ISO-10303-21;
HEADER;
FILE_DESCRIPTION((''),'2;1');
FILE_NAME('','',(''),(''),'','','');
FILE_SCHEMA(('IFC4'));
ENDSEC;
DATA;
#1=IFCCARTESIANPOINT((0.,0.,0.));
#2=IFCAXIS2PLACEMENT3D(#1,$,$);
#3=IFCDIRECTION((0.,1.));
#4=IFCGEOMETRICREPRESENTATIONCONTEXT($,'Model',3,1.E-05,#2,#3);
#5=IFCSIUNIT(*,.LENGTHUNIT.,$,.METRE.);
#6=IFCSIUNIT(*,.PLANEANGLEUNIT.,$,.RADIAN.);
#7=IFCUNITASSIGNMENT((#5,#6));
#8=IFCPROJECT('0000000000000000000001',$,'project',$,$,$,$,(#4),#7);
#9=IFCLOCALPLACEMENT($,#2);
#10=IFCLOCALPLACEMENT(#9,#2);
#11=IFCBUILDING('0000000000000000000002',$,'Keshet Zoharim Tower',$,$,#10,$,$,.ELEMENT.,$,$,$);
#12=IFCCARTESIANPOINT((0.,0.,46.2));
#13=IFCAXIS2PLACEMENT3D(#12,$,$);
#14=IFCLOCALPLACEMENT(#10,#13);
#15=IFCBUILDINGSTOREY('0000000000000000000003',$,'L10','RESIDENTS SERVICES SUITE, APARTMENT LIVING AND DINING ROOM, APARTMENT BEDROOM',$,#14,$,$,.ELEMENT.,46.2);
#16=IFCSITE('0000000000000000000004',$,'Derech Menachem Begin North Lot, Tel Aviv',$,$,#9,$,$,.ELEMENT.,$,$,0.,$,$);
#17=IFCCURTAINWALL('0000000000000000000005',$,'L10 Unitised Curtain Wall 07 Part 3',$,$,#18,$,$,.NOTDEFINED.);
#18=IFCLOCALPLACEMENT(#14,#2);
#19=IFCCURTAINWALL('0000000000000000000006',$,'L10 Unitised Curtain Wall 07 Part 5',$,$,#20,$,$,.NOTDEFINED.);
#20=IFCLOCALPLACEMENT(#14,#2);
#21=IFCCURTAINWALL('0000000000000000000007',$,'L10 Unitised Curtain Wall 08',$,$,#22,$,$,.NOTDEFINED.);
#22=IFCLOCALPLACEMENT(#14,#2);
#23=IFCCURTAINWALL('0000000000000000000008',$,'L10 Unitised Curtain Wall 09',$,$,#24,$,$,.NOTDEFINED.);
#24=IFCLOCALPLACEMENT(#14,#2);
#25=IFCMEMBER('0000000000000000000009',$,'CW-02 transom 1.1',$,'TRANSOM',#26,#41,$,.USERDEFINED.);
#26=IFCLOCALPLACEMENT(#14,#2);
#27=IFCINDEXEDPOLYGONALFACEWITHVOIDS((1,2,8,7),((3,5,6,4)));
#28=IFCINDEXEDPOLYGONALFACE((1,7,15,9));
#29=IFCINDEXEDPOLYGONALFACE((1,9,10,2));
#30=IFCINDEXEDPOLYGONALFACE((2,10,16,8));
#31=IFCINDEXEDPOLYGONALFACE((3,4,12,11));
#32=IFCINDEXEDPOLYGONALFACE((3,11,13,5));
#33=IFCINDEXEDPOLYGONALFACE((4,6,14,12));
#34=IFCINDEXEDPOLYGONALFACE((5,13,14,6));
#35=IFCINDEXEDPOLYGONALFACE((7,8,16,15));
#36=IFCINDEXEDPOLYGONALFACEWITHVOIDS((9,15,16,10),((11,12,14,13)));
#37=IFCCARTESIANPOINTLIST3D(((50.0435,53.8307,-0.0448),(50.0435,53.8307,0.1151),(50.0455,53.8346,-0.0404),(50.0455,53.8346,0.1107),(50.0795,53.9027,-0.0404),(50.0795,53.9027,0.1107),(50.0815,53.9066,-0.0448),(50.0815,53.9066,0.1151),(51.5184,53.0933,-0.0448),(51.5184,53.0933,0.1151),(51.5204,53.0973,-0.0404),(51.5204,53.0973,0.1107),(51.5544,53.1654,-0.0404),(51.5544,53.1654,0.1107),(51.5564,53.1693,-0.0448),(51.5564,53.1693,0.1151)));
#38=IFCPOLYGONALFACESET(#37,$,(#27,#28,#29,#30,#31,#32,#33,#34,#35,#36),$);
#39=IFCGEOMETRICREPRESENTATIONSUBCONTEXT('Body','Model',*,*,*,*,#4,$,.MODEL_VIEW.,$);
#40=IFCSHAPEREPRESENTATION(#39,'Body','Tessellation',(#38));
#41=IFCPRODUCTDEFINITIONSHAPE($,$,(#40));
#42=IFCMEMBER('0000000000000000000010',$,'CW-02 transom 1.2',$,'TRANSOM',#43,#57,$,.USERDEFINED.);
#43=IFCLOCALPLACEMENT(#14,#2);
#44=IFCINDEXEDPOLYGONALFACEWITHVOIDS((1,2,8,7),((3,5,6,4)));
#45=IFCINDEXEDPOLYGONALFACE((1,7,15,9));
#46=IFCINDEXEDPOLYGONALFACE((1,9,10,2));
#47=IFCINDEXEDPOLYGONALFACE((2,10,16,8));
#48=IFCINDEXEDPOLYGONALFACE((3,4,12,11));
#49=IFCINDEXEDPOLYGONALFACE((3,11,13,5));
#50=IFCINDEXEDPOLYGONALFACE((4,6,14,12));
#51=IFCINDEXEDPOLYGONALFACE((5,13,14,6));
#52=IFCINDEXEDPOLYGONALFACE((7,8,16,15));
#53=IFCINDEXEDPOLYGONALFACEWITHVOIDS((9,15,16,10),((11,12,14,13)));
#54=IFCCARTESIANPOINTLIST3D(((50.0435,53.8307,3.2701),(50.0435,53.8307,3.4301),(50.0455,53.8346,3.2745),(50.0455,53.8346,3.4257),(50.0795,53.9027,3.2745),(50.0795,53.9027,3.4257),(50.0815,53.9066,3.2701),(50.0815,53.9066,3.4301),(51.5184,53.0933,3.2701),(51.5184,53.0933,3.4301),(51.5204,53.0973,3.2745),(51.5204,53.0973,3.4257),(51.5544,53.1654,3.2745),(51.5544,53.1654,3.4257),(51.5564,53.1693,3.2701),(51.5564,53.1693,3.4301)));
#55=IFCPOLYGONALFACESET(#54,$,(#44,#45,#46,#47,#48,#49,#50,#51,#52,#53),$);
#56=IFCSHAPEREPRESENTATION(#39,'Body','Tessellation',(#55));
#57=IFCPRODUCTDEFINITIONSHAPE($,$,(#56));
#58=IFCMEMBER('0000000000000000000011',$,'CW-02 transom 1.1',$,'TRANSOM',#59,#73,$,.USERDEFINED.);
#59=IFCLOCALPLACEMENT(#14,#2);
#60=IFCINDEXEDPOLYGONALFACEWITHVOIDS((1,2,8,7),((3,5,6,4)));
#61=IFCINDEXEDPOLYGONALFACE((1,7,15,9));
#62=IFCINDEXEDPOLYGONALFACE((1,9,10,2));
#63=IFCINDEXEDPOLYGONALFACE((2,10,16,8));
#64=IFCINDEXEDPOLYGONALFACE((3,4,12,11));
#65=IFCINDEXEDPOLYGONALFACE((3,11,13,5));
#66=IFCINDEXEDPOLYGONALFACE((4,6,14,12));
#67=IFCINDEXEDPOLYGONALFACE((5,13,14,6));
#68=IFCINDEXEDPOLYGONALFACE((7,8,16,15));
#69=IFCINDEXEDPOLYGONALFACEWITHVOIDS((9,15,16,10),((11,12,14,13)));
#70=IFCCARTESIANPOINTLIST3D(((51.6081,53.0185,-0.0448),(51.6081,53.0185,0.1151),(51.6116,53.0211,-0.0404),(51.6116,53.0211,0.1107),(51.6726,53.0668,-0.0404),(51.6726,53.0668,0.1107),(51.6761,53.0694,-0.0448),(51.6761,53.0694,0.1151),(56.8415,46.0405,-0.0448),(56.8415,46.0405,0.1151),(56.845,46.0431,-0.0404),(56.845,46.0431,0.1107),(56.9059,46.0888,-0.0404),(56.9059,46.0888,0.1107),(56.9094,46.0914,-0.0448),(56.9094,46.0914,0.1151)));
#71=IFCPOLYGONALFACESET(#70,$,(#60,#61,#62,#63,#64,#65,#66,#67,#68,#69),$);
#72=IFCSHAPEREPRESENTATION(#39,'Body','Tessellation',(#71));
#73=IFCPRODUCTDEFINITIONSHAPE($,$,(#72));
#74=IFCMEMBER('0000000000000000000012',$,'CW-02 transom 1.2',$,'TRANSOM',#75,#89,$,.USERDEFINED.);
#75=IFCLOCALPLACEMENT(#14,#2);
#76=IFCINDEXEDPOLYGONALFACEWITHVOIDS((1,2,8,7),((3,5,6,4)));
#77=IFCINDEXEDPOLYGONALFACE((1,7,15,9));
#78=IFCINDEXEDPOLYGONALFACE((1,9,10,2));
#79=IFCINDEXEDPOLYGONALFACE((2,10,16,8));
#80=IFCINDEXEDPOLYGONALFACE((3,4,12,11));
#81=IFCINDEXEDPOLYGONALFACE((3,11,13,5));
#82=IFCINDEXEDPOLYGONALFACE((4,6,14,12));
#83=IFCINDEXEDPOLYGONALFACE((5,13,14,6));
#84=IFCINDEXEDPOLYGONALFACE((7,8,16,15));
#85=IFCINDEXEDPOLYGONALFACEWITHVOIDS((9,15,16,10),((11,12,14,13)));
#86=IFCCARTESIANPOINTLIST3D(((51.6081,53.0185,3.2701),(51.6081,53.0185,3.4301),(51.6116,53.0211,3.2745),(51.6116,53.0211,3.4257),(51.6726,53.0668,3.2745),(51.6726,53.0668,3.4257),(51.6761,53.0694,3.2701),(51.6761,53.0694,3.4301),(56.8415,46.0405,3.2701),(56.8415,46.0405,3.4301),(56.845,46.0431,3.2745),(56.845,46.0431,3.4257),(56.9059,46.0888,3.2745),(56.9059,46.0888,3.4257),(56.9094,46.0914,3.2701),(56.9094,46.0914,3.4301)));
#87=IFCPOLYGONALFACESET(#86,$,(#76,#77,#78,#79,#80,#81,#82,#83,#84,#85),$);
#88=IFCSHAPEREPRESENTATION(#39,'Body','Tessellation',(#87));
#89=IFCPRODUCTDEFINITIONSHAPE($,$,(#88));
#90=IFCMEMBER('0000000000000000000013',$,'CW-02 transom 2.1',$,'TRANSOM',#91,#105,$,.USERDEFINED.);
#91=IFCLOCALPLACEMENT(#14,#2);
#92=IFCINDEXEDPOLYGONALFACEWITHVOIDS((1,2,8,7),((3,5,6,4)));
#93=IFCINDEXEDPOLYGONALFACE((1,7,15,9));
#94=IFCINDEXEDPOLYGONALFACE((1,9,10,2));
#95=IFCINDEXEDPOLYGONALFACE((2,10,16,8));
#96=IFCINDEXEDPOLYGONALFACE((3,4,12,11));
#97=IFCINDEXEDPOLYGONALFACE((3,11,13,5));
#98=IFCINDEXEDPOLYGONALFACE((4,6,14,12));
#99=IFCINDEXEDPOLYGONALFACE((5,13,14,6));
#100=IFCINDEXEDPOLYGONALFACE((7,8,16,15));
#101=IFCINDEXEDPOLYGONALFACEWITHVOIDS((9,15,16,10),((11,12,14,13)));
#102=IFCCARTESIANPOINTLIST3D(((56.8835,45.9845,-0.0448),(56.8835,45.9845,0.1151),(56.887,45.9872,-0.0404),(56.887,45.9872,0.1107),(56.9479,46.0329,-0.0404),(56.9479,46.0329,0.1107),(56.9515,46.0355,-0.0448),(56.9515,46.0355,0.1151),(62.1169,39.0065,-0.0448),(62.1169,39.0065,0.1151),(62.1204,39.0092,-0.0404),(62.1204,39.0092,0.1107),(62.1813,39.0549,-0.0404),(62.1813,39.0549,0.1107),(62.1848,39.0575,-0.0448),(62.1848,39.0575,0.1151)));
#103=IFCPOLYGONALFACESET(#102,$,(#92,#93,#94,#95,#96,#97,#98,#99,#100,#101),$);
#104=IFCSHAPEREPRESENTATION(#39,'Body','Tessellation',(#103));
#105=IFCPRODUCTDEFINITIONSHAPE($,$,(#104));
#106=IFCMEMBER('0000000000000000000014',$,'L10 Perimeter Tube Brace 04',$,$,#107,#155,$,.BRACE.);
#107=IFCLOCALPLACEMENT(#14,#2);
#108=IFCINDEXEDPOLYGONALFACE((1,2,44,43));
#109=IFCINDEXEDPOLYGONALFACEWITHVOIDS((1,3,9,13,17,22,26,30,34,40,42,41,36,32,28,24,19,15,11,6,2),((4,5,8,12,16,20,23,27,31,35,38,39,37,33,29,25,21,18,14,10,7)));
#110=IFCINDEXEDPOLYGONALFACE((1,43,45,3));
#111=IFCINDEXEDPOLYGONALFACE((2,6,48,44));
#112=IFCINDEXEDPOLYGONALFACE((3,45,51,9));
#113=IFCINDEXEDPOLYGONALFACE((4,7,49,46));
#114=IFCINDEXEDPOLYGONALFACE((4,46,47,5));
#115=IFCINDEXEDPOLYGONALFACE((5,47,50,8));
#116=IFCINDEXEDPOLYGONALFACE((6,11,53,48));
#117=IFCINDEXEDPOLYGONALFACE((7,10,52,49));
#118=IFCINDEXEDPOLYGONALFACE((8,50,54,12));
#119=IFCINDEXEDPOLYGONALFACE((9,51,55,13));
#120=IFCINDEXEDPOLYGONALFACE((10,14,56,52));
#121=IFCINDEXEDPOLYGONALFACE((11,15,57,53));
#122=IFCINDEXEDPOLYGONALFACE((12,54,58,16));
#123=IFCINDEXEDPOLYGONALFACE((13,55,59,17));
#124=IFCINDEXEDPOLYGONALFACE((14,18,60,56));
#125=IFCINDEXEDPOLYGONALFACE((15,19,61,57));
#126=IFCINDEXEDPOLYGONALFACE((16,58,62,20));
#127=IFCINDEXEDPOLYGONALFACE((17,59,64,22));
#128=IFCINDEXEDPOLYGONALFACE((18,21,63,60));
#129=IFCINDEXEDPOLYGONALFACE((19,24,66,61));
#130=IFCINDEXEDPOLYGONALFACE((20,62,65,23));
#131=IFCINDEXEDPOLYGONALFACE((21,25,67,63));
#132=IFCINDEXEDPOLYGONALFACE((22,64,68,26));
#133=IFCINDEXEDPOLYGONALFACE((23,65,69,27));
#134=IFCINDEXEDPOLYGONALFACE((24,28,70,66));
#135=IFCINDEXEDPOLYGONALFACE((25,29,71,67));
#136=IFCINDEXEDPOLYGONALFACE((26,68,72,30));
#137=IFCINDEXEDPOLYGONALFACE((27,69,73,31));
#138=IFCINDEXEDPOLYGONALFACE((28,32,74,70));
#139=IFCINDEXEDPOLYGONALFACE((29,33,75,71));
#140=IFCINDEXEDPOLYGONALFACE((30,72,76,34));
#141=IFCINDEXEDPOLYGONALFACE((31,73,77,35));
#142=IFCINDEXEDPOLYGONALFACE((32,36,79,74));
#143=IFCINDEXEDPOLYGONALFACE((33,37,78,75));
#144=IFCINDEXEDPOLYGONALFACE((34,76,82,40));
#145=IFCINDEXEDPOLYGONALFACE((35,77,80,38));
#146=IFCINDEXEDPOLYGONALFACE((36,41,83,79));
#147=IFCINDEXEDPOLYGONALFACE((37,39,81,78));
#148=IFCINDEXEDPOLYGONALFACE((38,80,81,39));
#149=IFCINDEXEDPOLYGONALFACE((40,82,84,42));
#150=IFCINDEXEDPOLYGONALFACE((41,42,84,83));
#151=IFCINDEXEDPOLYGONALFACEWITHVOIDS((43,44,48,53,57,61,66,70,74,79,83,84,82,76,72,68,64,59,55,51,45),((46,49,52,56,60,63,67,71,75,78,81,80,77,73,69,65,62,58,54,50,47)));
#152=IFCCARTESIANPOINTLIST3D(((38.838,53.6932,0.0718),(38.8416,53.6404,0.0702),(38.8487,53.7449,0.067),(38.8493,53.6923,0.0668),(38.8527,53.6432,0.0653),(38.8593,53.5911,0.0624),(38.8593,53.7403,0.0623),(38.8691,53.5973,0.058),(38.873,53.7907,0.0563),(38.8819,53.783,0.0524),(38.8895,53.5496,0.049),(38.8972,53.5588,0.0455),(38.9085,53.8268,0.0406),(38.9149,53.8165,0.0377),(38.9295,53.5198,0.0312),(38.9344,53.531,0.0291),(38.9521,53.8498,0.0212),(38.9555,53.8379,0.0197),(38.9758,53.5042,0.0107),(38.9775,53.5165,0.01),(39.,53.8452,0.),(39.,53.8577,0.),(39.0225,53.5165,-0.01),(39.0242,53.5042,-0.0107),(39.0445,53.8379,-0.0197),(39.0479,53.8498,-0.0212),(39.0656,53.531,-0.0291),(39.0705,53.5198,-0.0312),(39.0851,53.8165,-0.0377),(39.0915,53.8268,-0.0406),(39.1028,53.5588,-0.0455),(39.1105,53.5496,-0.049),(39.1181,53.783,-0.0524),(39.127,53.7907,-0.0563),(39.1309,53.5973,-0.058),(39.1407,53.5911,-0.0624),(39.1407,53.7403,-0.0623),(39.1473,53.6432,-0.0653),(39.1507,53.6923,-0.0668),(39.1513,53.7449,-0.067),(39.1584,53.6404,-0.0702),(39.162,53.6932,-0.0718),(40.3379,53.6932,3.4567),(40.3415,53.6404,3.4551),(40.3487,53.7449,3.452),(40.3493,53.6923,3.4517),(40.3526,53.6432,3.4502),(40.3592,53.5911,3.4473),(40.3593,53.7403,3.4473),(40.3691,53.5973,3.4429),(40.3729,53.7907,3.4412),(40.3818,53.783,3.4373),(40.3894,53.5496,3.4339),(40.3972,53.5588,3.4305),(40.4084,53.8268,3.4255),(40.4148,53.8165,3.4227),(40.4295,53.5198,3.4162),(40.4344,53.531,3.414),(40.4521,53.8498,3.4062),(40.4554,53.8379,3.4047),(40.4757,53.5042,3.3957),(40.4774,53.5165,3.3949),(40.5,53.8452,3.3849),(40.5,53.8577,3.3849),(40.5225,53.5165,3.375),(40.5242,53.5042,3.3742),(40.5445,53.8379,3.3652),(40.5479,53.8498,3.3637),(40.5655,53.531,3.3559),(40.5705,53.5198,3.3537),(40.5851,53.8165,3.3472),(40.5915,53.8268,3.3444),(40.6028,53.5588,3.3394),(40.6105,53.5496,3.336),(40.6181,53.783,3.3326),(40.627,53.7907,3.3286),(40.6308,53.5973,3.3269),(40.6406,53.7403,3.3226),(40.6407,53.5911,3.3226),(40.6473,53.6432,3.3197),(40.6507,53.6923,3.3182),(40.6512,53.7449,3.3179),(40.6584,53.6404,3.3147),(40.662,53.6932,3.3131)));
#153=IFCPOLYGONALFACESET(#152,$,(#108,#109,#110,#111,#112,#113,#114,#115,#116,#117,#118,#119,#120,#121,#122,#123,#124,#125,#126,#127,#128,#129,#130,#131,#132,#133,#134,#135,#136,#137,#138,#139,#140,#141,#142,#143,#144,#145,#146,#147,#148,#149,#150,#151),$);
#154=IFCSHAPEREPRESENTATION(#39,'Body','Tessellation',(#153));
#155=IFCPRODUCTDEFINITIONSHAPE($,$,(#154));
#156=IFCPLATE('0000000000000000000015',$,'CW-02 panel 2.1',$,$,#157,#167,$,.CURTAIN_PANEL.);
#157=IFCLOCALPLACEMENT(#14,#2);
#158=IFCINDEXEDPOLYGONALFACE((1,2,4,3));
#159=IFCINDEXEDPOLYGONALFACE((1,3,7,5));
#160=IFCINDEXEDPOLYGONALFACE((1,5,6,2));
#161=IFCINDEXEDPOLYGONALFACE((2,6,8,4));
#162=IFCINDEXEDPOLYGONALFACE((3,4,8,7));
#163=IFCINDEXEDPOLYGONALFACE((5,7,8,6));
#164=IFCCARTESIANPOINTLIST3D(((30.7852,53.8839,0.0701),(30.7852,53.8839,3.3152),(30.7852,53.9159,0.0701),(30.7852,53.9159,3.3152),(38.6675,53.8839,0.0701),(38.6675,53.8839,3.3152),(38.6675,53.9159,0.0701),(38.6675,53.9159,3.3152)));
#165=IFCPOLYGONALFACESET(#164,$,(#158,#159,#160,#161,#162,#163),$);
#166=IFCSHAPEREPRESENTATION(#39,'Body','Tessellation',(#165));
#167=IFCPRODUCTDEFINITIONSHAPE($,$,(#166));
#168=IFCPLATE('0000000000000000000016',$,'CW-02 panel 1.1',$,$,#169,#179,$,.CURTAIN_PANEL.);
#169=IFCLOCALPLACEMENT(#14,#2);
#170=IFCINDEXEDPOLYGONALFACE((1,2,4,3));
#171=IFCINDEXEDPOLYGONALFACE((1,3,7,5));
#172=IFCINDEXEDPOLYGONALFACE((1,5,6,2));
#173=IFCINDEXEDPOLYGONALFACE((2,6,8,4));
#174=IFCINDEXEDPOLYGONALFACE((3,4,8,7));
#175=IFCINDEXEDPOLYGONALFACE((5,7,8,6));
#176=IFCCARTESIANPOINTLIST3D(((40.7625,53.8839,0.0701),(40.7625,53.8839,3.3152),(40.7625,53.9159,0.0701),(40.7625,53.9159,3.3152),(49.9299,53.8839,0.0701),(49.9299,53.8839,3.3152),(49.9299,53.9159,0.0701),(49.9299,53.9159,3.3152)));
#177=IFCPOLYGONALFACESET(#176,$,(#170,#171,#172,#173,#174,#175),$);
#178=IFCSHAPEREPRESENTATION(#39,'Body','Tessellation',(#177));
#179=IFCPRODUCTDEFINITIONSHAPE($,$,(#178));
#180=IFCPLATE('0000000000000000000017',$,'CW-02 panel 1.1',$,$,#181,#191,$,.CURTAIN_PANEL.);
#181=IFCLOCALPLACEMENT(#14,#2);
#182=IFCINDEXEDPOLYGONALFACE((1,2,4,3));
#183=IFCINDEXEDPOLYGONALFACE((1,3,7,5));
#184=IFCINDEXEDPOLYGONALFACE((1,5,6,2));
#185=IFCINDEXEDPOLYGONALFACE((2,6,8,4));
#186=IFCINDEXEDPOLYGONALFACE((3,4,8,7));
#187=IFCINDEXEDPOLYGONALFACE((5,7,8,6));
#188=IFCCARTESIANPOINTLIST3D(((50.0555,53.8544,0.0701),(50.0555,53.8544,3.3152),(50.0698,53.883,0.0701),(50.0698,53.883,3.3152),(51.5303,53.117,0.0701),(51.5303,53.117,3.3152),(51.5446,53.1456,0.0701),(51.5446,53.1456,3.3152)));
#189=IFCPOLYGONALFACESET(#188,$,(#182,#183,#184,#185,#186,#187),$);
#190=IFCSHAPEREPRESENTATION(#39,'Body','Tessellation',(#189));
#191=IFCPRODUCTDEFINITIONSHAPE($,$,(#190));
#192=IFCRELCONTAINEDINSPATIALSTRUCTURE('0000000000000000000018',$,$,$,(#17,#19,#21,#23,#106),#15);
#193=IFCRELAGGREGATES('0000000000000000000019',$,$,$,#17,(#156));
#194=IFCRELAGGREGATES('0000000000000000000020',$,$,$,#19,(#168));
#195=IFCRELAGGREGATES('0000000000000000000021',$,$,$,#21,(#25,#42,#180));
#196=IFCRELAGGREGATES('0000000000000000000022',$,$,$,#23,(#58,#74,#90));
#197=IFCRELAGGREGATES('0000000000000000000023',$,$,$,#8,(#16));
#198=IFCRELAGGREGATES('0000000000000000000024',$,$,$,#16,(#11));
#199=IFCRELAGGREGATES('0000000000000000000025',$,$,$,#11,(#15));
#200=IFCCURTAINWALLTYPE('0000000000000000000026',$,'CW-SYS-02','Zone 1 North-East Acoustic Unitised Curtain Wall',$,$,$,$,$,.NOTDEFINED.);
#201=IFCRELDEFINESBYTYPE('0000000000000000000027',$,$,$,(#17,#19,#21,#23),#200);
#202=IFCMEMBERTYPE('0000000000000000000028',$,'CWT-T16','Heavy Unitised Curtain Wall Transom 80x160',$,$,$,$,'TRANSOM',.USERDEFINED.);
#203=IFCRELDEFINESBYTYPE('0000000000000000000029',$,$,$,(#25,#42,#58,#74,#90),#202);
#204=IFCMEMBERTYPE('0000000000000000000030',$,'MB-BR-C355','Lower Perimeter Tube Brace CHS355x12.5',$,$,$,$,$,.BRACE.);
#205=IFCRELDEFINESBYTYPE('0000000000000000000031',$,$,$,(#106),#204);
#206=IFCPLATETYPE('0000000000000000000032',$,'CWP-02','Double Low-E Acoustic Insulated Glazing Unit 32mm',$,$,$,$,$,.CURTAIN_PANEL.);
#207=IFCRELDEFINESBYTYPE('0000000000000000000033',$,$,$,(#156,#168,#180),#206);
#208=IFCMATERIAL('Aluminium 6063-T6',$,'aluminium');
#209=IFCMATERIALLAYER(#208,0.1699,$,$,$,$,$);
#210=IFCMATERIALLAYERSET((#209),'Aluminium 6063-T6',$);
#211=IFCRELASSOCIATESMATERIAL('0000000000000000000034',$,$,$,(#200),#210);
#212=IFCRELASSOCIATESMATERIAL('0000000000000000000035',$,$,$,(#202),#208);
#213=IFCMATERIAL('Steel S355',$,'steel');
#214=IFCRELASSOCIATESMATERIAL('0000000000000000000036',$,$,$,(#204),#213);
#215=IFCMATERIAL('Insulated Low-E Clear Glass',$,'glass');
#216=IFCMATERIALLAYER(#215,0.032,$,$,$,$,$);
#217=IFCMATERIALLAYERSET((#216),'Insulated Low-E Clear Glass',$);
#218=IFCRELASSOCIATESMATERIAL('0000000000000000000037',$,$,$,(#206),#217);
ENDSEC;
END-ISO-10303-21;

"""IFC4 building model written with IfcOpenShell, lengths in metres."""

from ifc_helpers import new_model, si_unit, direction, frame, origin, origin_2d, place, context, subcontext, project, spatial, rectangle, hollow_rectangle, hollow_circle, extrude, material, layer, layer_set, material_profile, profile_set, type_object, element, aggregate, save


model = new_model("IFC4")

# Units and contexts
model_context = context("Model", 3, precision=1e-05, world=origin(), true_north=direction((0.0, 1.0)))
body_context = subcontext(model_context, "Body", "Model", "MODEL_VIEW")
ifc_project = project(units=[si_unit("LENGTHUNIT", "METRE"), si_unit("PLANEANGLEUNIT", "RADIAN")], contexts=[model_context])

# Site, building, storey
site_placement = place(None, origin())
site = spatial("IfcSite", under=ifc_project, at=site_placement, Name="Derech Menachem Begin North Lot, Tel Aviv", CompositionType="ELEMENT", RefElevation=0.0)
building_placement = place(site_placement, origin())
building = spatial("IfcBuilding", under=site, at=building_placement, Name="Keshet Zoharim Tower", CompositionType="ELEMENT")
storey_placement = place(building_placement, frame((0.0, 0.0, 46.2)))
storey = spatial("IfcBuildingStorey", under=building, at=storey_placement, Name="L10", Description="RESIDENTS SERVICES SUITE, APARTMENT LIVING AND DINING ROOM, APARTMENT BEDROOM", CompositionType="ELEMENT", Elevation=46.2)

# Shared definitions
ifc_material_1 = material(Name="Steel S355", Category="steel")

# Curtain walls
ifc_material_2 = material(Name="Aluminium 6063-T6", Category="aluminium")
ifc_layer_1 = layer(ifc_material_2, 0.1699)
ifc_layer_set_1 = layer_set([ifc_layer_1], Name="Aluminium 6063-T6")
curtain_wall_type = type_object("IfcCurtainWallType", Name="CW-SYS-02", Description="Zone 1 North-East Acoustic Unitised Curtain Wall", PredefinedType="NOTDEFINED", material=ifc_layer_set_1)
curtain_wall_1_placement = place(storey_placement, origin())
curtain_wall_1 = element("IfcCurtainWall", 1, at=curtain_wall_1_placement, inside=storey, type_object=curtain_wall_type, Name="L10 Unitised Curtain Wall 07 Part 3", PredefinedType="NOTDEFINED")
curtain_wall_2_placement = place(storey_placement, origin())
curtain_wall_2 = element("IfcCurtainWall", 2, at=curtain_wall_2_placement, inside=storey, type_object=curtain_wall_type, Name="L10 Unitised Curtain Wall 07 Part 5", PredefinedType="NOTDEFINED")

# Curtain walls
curtain_wall_3_placement = place(storey_placement, origin())
curtain_wall_3 = element("IfcCurtainWall", 3, at=curtain_wall_3_placement, inside=storey, type_object=curtain_wall_type, Name="L10 Unitised Curtain Wall 08", PredefinedType="NOTDEFINED")
curtain_wall_4_placement = place(storey_placement, origin())
curtain_wall_4 = element("IfcCurtainWall", 4, at=curtain_wall_4_placement, inside=storey, type_object=curtain_wall_type, Name="L10 Unitised Curtain Wall 09", PredefinedType="NOTDEFINED")

# Members
ifc_material_profile_1 = material_profile(ifc_material_2, hollow_rectangle(XDim=0.085, YDim=0.1599, WallThickness=0.0044, at=origin_2d()), Name="TRN-85x160")
ifc_profile_set_1 = profile_set([ifc_material_profile_1], Name="Aluminium 6063-T6")
member_type_1 = type_object("IfcMemberType", Name="CWT-T16", Description="Heavy Unitised Curtain Wall Transom 80x160", ElementType="TRANSOM", PredefinedType="USERDEFINED", material=ifc_profile_set_1)
member_1_placement = place(storey_placement, frame((50.0625, 53.8687, 0.0352), z_axis=(0.894457, -0.447154, 0.0), x_axis=(0.447154, 0.894457, 0.0)))
member_1 = element("IfcMember", 5, at=member_1_placement, type_object=member_type_1, Name="CW-02 transom 1.1", ObjectType="TRANSOM", PredefinedType="USERDEFINED", context=body_context, shape_type="SweptSolid", body=[
    extrude(hollow_rectangle(XDim=0.085, YDim=0.1599, WallThickness=0.0044, at=origin_2d()), origin(), (0.0, 0.0, 1.0), 1.6489),
])
member_2_placement = place(storey_placement, frame((50.0625, 53.8687, 3.3501), z_axis=(0.894457, -0.447154, 0.0), x_axis=(0.447154, 0.894457, 0.0)))
member_2 = element("IfcMember", 6, at=member_2_placement, type_object=member_type_1, Name="CW-02 transom 1.2", ObjectType="TRANSOM", PredefinedType="USERDEFINED", context=body_context, shape_type="SweptSolid", body=[
    extrude(hollow_rectangle(XDim=0.085, YDim=0.1599, WallThickness=0.0044, at=origin_2d()), origin(), (0.0, 0.0, 1.0), 1.6489),
])
member_3_placement = place(storey_placement, frame((51.6421, 53.0439, 0.0352), z_axis=(0.599991, -0.800007, 0.0), x_axis=(0.800007, 0.599991, 0.0)))
member_3 = element("IfcMember", 7, at=member_3_placement, type_object=member_type_1, Name="CW-02 transom 1.1", ObjectType="TRANSOM", PredefinedType="USERDEFINED", context=body_context, shape_type="SweptSolid", body=[
    extrude(hollow_rectangle(XDim=0.085, YDim=0.1599, WallThickness=0.0044, at=origin_2d()), origin(), (0.0, 0.0, 1.0), 8.7224),
])
member_4_placement = place(storey_placement, frame((51.6421, 53.0439, 3.3501), z_axis=(0.599991, -0.800007, 0.0), x_axis=(0.800007, 0.599991, 0.0)))
member_4 = element("IfcMember", 8, at=member_4_placement, type_object=member_type_1, Name="CW-02 transom 1.2", ObjectType="TRANSOM", PredefinedType="USERDEFINED", context=body_context, shape_type="SweptSolid", body=[
    extrude(hollow_rectangle(XDim=0.085, YDim=0.1599, WallThickness=0.0044, at=origin_2d()), origin(), (0.0, 0.0, 1.0), 8.7224),
])
member_5_placement = place(storey_placement, frame((56.9175, 46.01, 0.0352), z_axis=(0.599991, -0.800007, 0.0), x_axis=(0.800007, 0.599991, 0.0)))
member_5 = element("IfcMember", 9, at=member_5_placement, type_object=member_type_1, Name="CW-02 transom 2.1", ObjectType="TRANSOM", PredefinedType="USERDEFINED", context=body_context, shape_type="SweptSolid", body=[
    extrude(hollow_rectangle(XDim=0.085, YDim=0.1599, WallThickness=0.0044, at=origin_2d()), origin(), (0.0, 0.0, 1.0), 8.7224),
])
ifc_material_profile_2 = material_profile(ifc_material_1, hollow_circle(Radius=0.1777, WallThickness=0.0125, at=origin_2d()), Name="CHS355x12.5")
ifc_profile_set_2 = profile_set([ifc_material_profile_2], Name="Steel S355")
member_type_2 = type_object("IfcMemberType", Name="MB-BR-C355", Description="Lower Perimeter Tube Brace CHS355x12.5", PredefinedType="BRACE", material=ifc_profile_set_2)
member_6_placement = place(storey_placement, frame((39.0, 53.6799, 0.0), z_axis=(0.405135, 0.0, 0.914257), x_axis=(0.0, 1.0, 0.0)))
element("IfcMember", 10, at=member_6_placement, inside=storey, type_object=member_type_2, Name="L10 Perimeter Tube Brace 04", PredefinedType="BRACE", context=body_context, shape_type="SweptSolid", body=[
    extrude(hollow_circle(Radius=0.1777, WallThickness=0.0125, at=origin_2d()), origin(), (0.0, 0.0, 1.0), 3.7024),
])

# Plates
ifc_material_3 = material(Name="Insulated Low-E Clear Glass", Category="glass")
ifc_layer_2 = layer(ifc_material_3, 0.032)
ifc_layer_set_2 = layer_set([ifc_layer_2], Name="Insulated Low-E Clear Glass")
plate_type_1 = type_object("IfcPlateType", Name="CWP-02", Description="Double Low-E Acoustic Insulated Glazing Unit 32mm", PredefinedType="CURTAIN_PANEL", material=ifc_layer_set_2)
plate_1_placement = place(storey_placement, frame((34.7263, 53.8999, 0.0701), z_axis=(0.0, 0.0, 1.0), x_axis=(1.0, 0.0, 0.0)))
plate_1 = element("IfcPlate", 11, at=plate_1_placement, type_object=plate_type_1, Name="CW-02 panel 2.1", PredefinedType="CURTAIN_PANEL", context=body_context, shape_type="SweptSolid", body=[
    extrude(rectangle(XDim=7.8823, YDim=0.032, at=origin_2d()), origin(), (0.0, 0.0, 1.0), 3.2451),
])
aggregate(curtain_wall_1, [plate_1])
plate_2_placement = place(storey_placement, frame((45.3462, 53.8999, 0.0701), z_axis=(0.0, 0.0, 1.0), x_axis=(1.0, 0.0, 0.0)))
plate_2 = element("IfcPlate", 12, at=plate_2_placement, type_object=plate_type_1, Name="CW-02 panel 1.1", PredefinedType="CURTAIN_PANEL", context=body_context, shape_type="SweptSolid", body=[
    extrude(rectangle(XDim=9.1675, YDim=0.032, at=origin_2d()), origin(), (0.0, 0.0, 1.0), 3.2451),
])
aggregate(curtain_wall_2, [plate_2])
plate_3_placement = place(storey_placement, frame((50.8, 53.5, 0.0701), z_axis=(0.0, 0.0, 1.0), x_axis=(0.894427, -0.447214, 0.0)))
plate_3 = element("IfcPlate", 13, at=plate_3_placement, type_object=plate_type_1, Name="CW-02 panel 1.1", PredefinedType="CURTAIN_PANEL", context=body_context, shape_type="SweptSolid", body=[
    extrude(rectangle(XDim=1.6489, YDim=0.032, at=origin_2d()), origin(), (0.0, 0.0, 1.0), 3.2451),
])
aggregate(curtain_wall_3, [member_1, member_2, plate_3])
aggregate(curtain_wall_4, [member_3, member_4, member_5])

save(model, "model.ifc")
